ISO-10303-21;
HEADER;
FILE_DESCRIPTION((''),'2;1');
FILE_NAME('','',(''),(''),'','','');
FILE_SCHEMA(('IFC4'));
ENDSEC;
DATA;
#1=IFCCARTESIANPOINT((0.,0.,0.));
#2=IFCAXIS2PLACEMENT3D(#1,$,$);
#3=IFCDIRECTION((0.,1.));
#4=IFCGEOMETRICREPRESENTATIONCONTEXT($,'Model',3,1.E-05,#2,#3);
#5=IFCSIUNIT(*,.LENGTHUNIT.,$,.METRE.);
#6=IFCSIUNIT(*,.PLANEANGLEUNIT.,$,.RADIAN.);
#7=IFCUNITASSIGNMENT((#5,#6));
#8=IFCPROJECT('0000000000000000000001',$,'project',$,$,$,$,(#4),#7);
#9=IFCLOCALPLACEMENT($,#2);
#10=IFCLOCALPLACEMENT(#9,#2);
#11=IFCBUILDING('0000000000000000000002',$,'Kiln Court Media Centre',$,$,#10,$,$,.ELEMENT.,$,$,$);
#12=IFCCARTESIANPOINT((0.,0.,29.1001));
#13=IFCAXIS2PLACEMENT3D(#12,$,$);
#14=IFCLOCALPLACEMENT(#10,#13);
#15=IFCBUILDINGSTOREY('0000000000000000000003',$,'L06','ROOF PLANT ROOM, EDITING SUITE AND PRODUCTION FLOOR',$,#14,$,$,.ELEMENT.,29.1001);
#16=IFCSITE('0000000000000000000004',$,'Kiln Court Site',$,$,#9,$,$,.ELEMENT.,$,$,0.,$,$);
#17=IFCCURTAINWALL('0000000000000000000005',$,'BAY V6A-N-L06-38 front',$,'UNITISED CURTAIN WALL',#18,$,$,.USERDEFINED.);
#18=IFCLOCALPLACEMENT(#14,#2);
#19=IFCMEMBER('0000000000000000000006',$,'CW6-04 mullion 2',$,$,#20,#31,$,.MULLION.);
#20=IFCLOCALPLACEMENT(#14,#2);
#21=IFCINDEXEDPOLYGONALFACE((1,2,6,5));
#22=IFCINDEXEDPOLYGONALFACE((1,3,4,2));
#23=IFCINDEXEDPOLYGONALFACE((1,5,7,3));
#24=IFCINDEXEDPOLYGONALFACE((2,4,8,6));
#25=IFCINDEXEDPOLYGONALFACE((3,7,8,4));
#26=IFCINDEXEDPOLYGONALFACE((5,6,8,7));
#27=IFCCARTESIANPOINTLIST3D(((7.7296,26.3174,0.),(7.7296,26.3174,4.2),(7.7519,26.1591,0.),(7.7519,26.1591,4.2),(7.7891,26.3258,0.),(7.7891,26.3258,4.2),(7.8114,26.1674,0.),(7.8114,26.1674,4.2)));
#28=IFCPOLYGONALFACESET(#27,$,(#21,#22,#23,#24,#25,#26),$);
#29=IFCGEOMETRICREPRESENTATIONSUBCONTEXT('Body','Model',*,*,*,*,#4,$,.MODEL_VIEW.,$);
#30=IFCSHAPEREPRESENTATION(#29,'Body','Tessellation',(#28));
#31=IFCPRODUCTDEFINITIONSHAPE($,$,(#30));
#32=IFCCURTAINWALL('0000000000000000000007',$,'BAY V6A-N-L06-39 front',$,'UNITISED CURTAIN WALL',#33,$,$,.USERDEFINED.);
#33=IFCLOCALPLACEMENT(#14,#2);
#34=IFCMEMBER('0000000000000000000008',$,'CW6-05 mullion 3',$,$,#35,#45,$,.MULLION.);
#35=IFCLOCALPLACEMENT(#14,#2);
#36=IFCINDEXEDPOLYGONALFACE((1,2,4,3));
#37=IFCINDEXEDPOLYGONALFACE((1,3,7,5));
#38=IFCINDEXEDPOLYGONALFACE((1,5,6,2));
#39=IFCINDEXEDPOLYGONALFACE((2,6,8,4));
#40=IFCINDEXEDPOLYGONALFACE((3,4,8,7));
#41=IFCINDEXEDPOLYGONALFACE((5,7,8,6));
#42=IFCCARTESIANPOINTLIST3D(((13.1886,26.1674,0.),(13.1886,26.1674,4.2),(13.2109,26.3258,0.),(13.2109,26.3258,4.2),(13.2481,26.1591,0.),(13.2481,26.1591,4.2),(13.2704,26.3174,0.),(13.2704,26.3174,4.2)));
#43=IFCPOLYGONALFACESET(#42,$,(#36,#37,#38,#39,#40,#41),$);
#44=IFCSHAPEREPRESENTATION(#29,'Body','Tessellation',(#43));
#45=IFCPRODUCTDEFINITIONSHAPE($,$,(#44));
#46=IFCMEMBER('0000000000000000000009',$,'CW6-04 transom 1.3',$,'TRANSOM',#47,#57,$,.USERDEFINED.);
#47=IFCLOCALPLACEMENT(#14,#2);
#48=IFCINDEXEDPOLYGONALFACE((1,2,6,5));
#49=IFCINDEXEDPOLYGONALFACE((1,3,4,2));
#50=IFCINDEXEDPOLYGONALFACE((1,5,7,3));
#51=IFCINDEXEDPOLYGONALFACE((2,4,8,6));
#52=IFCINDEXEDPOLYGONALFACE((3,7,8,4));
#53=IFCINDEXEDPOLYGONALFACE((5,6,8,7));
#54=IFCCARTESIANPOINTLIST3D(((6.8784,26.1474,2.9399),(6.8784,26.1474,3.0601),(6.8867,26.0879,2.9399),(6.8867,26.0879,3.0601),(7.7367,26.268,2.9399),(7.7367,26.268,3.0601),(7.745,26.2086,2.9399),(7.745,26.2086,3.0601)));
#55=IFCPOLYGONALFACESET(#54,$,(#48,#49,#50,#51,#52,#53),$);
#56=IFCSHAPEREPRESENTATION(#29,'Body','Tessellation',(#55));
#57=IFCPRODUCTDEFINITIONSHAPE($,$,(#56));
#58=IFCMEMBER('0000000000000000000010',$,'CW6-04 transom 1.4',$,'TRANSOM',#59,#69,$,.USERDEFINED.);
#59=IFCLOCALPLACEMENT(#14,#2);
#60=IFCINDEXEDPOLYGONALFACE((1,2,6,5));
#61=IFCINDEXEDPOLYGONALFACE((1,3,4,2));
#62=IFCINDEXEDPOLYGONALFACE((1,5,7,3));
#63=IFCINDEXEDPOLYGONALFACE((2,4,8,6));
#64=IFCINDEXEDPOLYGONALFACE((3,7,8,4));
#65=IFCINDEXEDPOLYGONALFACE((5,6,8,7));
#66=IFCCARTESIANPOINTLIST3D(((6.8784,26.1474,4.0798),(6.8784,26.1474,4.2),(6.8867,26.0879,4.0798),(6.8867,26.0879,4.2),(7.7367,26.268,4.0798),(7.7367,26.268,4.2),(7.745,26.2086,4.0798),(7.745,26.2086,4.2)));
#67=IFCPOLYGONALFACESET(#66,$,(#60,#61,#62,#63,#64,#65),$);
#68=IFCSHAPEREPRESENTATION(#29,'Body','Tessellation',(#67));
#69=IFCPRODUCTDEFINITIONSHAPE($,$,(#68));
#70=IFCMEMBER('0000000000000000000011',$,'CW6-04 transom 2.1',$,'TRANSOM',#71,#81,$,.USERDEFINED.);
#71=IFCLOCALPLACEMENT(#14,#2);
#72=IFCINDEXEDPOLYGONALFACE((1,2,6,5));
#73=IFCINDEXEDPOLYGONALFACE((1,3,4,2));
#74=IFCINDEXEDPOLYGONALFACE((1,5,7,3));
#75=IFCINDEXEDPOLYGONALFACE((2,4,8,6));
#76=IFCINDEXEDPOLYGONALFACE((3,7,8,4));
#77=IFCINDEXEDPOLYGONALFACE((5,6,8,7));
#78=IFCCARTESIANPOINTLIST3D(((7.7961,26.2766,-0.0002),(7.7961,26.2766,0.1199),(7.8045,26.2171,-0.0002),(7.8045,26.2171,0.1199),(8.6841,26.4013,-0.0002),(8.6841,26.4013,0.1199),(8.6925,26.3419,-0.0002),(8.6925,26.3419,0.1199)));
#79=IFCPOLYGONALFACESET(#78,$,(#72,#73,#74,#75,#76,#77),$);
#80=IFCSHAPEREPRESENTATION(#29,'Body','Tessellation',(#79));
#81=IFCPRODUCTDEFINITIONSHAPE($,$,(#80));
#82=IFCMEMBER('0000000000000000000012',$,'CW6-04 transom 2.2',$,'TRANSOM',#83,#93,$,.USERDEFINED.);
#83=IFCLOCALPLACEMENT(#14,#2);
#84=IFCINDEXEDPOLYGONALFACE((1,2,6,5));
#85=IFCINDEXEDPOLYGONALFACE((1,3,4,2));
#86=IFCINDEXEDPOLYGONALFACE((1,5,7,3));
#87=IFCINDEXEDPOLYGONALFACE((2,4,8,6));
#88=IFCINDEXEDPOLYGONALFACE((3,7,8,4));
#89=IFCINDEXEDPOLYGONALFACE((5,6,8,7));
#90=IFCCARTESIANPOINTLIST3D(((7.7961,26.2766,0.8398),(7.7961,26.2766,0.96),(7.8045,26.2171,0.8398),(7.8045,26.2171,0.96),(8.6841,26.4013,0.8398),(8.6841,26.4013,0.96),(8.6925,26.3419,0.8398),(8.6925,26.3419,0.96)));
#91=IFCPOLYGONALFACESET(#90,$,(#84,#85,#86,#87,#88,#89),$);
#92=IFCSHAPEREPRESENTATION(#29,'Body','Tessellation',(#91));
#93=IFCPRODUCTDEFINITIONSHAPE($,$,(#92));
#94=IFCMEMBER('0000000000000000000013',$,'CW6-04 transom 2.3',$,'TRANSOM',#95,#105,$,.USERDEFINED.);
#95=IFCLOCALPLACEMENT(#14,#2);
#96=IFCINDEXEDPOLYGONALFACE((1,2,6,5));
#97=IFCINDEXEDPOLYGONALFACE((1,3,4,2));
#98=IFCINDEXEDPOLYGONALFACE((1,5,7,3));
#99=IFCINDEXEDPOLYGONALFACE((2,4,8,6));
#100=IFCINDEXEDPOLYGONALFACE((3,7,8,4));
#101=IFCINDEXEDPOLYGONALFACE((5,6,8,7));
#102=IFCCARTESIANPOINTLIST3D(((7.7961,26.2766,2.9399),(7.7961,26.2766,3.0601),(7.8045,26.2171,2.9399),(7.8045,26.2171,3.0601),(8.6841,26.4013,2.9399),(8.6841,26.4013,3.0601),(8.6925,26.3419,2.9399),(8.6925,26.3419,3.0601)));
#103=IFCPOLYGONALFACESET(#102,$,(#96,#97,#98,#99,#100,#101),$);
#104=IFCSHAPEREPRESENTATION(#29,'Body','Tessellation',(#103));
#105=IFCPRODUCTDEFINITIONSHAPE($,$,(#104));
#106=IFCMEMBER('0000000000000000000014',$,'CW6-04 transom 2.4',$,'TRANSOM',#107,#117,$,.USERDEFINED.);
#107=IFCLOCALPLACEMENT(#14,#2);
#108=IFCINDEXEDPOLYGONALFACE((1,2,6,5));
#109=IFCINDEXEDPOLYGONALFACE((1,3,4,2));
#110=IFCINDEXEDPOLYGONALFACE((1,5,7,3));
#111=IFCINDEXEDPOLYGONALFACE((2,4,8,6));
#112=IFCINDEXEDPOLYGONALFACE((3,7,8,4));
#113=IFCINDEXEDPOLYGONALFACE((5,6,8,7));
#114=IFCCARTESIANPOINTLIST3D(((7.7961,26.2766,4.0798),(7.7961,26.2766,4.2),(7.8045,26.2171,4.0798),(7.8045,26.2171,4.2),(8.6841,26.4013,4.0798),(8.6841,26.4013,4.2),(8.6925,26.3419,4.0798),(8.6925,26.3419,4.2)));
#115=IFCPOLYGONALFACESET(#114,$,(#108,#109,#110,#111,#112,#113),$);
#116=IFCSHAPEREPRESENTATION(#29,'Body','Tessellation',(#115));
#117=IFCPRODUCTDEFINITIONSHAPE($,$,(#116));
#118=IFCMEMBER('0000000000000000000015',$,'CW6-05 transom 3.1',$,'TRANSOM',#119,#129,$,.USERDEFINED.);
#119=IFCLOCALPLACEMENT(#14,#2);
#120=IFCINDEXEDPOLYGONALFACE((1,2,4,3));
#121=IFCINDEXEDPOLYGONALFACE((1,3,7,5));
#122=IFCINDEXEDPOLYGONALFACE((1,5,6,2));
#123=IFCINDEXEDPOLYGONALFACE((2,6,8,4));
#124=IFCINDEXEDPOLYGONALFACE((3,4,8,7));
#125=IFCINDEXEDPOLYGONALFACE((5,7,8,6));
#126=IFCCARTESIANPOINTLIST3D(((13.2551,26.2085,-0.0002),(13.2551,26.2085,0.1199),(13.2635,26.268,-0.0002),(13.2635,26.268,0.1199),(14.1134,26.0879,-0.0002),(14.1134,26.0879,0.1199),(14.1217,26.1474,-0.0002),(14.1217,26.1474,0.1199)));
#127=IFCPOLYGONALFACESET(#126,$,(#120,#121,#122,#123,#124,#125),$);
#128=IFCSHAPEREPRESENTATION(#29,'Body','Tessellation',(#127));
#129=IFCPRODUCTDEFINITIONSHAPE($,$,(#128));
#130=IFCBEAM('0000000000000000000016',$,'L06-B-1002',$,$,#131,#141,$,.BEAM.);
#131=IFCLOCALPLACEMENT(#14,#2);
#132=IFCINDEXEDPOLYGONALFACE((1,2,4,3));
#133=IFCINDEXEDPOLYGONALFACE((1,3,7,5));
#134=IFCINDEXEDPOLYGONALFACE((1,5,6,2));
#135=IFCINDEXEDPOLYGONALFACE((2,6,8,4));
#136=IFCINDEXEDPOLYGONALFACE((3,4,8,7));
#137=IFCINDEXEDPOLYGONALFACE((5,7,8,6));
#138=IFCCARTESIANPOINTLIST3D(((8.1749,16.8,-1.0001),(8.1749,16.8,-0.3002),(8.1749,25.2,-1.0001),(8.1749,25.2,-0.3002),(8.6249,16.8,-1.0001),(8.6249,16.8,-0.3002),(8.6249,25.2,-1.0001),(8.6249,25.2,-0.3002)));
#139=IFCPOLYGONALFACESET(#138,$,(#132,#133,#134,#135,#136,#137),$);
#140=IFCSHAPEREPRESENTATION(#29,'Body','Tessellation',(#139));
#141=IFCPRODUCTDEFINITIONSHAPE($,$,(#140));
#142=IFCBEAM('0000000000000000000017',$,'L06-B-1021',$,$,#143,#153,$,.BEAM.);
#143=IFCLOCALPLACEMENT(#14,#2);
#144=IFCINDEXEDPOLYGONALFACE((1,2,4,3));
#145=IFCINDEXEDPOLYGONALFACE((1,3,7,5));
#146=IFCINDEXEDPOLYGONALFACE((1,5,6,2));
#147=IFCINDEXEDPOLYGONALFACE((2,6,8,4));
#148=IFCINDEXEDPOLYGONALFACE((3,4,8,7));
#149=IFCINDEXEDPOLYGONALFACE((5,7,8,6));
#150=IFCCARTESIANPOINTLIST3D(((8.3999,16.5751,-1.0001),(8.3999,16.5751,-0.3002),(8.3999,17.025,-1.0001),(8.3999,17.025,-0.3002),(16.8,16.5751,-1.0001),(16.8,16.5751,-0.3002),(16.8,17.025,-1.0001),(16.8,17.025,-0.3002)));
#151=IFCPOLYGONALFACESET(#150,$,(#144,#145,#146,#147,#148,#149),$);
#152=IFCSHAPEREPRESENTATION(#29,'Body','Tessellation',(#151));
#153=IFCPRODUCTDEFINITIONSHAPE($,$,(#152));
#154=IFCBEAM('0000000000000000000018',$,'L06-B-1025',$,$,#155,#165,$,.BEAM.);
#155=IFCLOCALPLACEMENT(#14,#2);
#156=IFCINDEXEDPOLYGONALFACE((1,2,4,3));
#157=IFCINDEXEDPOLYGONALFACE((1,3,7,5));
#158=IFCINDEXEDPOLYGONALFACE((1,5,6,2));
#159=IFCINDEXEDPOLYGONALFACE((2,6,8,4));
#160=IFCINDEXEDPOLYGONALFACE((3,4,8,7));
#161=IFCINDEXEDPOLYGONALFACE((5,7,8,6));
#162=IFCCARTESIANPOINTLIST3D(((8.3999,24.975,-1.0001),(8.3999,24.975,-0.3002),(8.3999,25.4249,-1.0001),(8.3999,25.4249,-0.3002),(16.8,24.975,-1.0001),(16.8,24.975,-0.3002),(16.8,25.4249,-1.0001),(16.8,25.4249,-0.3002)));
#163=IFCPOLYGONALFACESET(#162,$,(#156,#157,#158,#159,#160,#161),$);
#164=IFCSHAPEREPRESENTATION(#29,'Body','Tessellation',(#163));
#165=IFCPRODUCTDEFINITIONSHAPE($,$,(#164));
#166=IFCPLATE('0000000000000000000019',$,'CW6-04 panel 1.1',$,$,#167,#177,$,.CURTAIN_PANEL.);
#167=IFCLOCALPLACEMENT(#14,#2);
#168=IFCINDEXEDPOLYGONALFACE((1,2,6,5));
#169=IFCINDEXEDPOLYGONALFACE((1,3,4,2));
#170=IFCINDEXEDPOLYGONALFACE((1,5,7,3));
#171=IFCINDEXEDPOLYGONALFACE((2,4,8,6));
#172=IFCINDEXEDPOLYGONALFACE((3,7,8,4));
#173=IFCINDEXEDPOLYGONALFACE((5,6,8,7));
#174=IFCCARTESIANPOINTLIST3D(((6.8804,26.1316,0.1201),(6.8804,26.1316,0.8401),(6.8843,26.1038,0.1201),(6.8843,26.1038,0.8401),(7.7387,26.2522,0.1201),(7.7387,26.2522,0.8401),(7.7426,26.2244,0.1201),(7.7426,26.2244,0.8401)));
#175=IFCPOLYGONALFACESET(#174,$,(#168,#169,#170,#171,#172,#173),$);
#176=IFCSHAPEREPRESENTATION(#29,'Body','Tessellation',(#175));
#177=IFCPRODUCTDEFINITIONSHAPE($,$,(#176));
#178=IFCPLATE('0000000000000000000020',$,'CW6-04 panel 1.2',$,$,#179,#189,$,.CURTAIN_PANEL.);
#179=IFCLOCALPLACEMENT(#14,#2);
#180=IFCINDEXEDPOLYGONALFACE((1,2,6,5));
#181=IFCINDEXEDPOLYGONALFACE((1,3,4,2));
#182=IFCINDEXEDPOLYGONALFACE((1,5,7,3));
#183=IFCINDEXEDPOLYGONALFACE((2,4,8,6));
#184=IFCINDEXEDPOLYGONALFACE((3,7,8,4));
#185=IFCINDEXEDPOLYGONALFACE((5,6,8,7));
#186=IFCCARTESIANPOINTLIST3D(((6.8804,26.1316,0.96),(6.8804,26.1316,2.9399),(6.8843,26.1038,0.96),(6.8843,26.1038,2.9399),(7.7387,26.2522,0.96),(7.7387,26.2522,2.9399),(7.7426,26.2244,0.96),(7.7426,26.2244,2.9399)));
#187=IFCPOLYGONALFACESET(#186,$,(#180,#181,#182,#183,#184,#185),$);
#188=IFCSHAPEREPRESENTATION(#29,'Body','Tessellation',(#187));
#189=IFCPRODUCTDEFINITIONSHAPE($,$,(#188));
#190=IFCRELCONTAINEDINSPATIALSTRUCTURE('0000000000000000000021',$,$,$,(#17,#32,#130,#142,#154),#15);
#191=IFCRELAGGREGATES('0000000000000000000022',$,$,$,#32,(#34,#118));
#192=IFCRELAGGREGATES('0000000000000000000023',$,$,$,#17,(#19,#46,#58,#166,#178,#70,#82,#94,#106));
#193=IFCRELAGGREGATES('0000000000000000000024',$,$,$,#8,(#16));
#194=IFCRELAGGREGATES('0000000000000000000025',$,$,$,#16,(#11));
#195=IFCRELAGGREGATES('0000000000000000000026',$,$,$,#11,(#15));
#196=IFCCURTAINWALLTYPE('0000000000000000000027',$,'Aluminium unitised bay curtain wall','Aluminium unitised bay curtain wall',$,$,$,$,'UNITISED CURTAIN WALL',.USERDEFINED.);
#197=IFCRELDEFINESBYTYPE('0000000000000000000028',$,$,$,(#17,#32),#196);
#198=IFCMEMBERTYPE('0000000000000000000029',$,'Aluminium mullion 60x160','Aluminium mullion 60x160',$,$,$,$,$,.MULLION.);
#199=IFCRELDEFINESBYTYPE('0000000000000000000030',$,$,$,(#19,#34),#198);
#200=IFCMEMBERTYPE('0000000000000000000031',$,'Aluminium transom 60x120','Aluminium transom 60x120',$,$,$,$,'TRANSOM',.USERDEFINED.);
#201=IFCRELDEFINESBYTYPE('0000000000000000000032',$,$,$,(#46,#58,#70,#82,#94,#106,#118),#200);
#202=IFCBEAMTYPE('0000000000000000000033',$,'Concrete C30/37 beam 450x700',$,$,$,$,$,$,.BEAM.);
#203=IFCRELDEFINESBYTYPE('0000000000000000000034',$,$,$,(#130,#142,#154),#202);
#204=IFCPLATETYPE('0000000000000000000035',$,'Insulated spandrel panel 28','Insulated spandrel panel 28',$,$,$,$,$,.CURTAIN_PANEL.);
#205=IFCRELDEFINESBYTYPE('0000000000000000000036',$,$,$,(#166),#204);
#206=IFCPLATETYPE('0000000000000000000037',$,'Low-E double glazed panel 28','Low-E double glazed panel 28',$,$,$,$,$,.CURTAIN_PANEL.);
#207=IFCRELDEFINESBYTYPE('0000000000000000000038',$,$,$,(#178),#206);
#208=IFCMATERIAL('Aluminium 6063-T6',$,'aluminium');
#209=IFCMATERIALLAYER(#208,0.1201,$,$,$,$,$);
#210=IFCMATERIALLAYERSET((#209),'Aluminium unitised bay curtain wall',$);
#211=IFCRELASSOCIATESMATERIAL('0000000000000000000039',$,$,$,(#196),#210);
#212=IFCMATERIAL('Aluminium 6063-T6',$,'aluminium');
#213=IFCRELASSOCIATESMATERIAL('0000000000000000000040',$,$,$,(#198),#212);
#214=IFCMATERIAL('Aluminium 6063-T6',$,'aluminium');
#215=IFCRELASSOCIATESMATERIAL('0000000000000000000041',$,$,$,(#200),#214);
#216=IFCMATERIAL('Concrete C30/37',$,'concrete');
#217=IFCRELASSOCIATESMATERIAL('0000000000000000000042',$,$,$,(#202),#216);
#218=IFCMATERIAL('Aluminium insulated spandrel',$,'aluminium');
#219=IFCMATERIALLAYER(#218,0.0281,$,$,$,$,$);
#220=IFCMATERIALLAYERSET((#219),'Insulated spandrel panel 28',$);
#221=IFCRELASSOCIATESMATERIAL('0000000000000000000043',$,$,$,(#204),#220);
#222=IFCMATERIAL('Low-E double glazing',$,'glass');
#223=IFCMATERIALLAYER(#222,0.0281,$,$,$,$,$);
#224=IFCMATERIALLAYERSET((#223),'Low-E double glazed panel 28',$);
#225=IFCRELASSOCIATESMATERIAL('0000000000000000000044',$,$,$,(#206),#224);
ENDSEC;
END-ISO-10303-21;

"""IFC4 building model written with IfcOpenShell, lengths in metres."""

from ifc_helpers import new_model, si_unit, direction, frame, origin, origin_2d, place, context, subcontext, project, spatial, rectangle, extrude, material, layer, layer_set, material_profile, profile_set, type_object, element, aggregate, save


model = new_model("IFC4")

# Units and contexts
model_context = context("Model", 3, precision=1e-05, world=origin(), true_north=direction((0.0, 1.0)))
body_context = subcontext(model_context, "Body", "Model", "MODEL_VIEW")
ifc_project = project(units=[si_unit("LENGTHUNIT", "METRE"), si_unit("PLANEANGLEUNIT", "RADIAN")], contexts=[model_context])

# Site, building, storey
site_placement = place(None, origin())
site = spatial("IfcSite", under=ifc_project, at=site_placement, Name="Kiln Court Site", CompositionType="ELEMENT", RefElevation=0.0)
building_placement = place(site_placement, origin())
building = spatial("IfcBuilding", under=site, at=building_placement, Name="Kiln Court Media Centre", CompositionType="ELEMENT")
storey_placement = place(building_placement, frame((0.0, 0.0, 29.1001)))
storey = spatial("IfcBuildingStorey", under=building, at=storey_placement, Name="L06", Description="ROOF PLANT ROOM, EDITING SUITE AND PRODUCTION FLOOR", CompositionType="ELEMENT", Elevation=29.1001)

# Curtain walls, members
ifc_material_1 = material(Name="Aluminium 6063-T6", Category="aluminium")
ifc_layer_1 = layer(ifc_material_1, 0.1201)
ifc_layer_set_1 = layer_set([ifc_layer_1], Name="Aluminium unitised bay curtain wall")
curtain_wall_type = type_object("IfcCurtainWallType", Name="Aluminium unitised bay curtain wall", Description="Aluminium unitised bay curtain wall", ElementType="UNITISED CURTAIN WALL", PredefinedType="USERDEFINED", material=ifc_layer_set_1)
curtain_wall_1_placement = place(storey_placement, origin())
curtain_wall_1 = element("IfcCurtainWall", 1, at=curtain_wall_1_placement, inside=storey, type_object=curtain_wall_type, Name="BAY V6A-N-L06-38 front", ObjectType="UNITISED CURTAIN WALL", PredefinedType="USERDEFINED")
ifc_material_2 = material(Name="Aluminium 6063-T6", Category="aluminium")
ifc_material_profile_1 = material_profile(ifc_material_2, rectangle(XDim=0.0601, YDim=0.1599, at=origin_2d()), Name="Aluminium mullion 60x160")
ifc_profile_set_1 = profile_set([ifc_material_profile_1], Name="Aluminium 6063-T6")
member_type_1 = type_object("IfcMemberType", Name="Aluminium mullion 60x160", Description="Aluminium mullion 60x160", PredefinedType="MULLION", material=ifc_profile_set_1)
member_1_placement = place(storey_placement, frame((7.7705, 26.2424, 0.0), z_axis=(0.0, 0.0, 1.0), x_axis=(0.99027, 0.139162, 0.0)))
member_1 = element("IfcMember", 2, at=member_1_placement, type_object=member_type_1, Name="CW6-04 mullion 2", PredefinedType="MULLION", context=body_context, shape_type="SweptSolid", body=[
    extrude(rectangle(XDim=0.0601, YDim=0.1599, at=origin_2d()), origin(), (0.0, 0.0, 1.0), 4.2),
])
curtain_wall_2_placement = place(storey_placement, origin())
curtain_wall_2 = element("IfcCurtainWall", 3, at=curtain_wall_2_placement, inside=storey, type_object=curtain_wall_type, Name="BAY V6A-N-L06-39 front", ObjectType="UNITISED CURTAIN WALL", PredefinedType="USERDEFINED")
member_2_placement = place(storey_placement, frame((13.2295, 26.2424, 0.0), z_axis=(0.0, 0.0, 1.0), x_axis=(0.99027, -0.139162, 0.0)))
member_2 = element("IfcMember", 4, at=member_2_placement, type_object=member_type_1, Name="CW6-05 mullion 3", PredefinedType="MULLION", context=body_context, shape_type="SweptSolid", body=[
    extrude(rectangle(XDim=0.0601, YDim=0.1599, at=origin_2d()), origin(), (0.0, 0.0, 1.0), 4.2),
])

# Members
ifc_material_3 = material(Name="Aluminium 6063-T6", Category="aluminium")
ifc_material_profile_2 = material_profile(ifc_material_3, rectangle(XDim=0.0601, YDim=0.1201, at=origin_2d()), Name="Aluminium transom 60x120")
ifc_profile_set_2 = profile_set([ifc_material_profile_2], Name="Aluminium 6063-T6")
member_type_2 = type_object("IfcMemberType", Name="Aluminium transom 60x120", Description="Aluminium transom 60x120", ElementType="TRANSOM", PredefinedType="USERDEFINED", material=ifc_profile_set_2)
member_3_placement = place(storey_placement, frame((6.8826, 26.1177, 3.0), z_axis=(0.990268, 0.139173, 0.0), x_axis=(-0.139173, 0.990268, 0.0)))
member_3 = element("IfcMember", 5, at=member_3_placement, type_object=member_type_2, Name="CW6-04 transom 1.3", ObjectType="TRANSOM", PredefinedType="USERDEFINED", context=body_context, shape_type="SweptSolid", body=[
    extrude(rectangle(XDim=0.0601, YDim=0.1201, at=origin_2d()), origin(), (0.0, 0.0, 1.0), 0.8667),
])
member_4_placement = place(storey_placement, frame((6.8826, 26.1177, 4.1399), z_axis=(0.990268, 0.139173, 0.0), x_axis=(-0.139173, 0.990268, 0.0)))
member_4 = element("IfcMember", 6, at=member_4_placement, type_object=member_type_2, Name="CW6-04 transom 1.4", ObjectType="TRANSOM", PredefinedType="USERDEFINED", context=body_context, shape_type="SweptSolid", body=[
    extrude(rectangle(XDim=0.0601, YDim=0.1201, at=origin_2d()), origin(), (0.0, 0.0, 1.0), 0.8667),
])
member_5_placement = place(storey_placement, frame((7.8003, 26.2468, 0.0598), z_axis=(0.990274, 0.139134, 0.0), x_axis=(-0.139134, 0.990274, 0.0)))
member_5 = element("IfcMember", 7, at=member_5_placement, type_object=member_type_2, Name="CW6-04 transom 2.1", ObjectType="TRANSOM", PredefinedType="USERDEFINED", context=body_context, shape_type="SweptSolid", body=[
    extrude(rectangle(XDim=0.0601, YDim=0.1201, at=origin_2d()), origin(), (0.0, 0.0, 1.0), 0.8967),
])
member_6_placement = place(storey_placement, frame((7.8003, 26.2468, 0.8999), z_axis=(0.990274, 0.139134, 0.0), x_axis=(-0.139134, 0.990274, 0.0)))
member_6 = element("IfcMember", 8, at=member_6_placement, type_object=member_type_2, Name="CW6-04 transom 2.2", ObjectType="TRANSOM", PredefinedType="USERDEFINED", context=body_context, shape_type="SweptSolid", body=[
    extrude(rectangle(XDim=0.0601, YDim=0.1201, at=origin_2d()), origin(), (0.0, 0.0, 1.0), 0.8967),
])
member_7_placement = place(storey_placement, frame((7.8003, 26.2468, 3.0), z_axis=(0.990274, 0.139134, 0.0), x_axis=(-0.139134, 0.990274, 0.0)))
member_7 = element("IfcMember", 9, at=member_7_placement, type_object=member_type_2, Name="CW6-04 transom 2.3", ObjectType="TRANSOM", PredefinedType="USERDEFINED", context=body_context, shape_type="SweptSolid", body=[
    extrude(rectangle(XDim=0.0601, YDim=0.1201, at=origin_2d()), origin(), (0.0, 0.0, 1.0), 0.8967),
])
member_8_placement = place(storey_placement, frame((7.8003, 26.2468, 4.1399), z_axis=(0.990274, 0.139134, 0.0), x_axis=(-0.139134, 0.990274, 0.0)))
member_8 = element("IfcMember", 10, at=member_8_placement, type_object=member_type_2, Name="CW6-04 transom 2.4", ObjectType="TRANSOM", PredefinedType="USERDEFINED", context=body_context, shape_type="SweptSolid", body=[
    extrude(rectangle(XDim=0.0601, YDim=0.1201, at=origin_2d()), origin(), (0.0, 0.0, 1.0), 0.8967),
])
member_9_placement = place(storey_placement, frame((13.2593, 26.2383, 0.0598), z_axis=(0.990268, -0.139173, 0.0), x_axis=(0.139173, 0.990268, 0.0)))
member_9 = element("IfcMember", 11, at=member_9_placement, type_object=member_type_2, Name="CW6-05 transom 3.1", ObjectType="TRANSOM", PredefinedType="USERDEFINED", context=body_context, shape_type="SweptSolid", body=[
    extrude(rectangle(XDim=0.0601, YDim=0.1201, at=origin_2d()), origin(), (0.0, 0.0, 1.0), 0.8667),
])
aggregate(curtain_wall_2, [member_2, member_9])

# Beams
ifc_material_4 = material(Name="Concrete C30/37", Category="concrete")
ifc_material_profile_3 = material_profile(ifc_material_4, rectangle(XDim=0.45, YDim=0.7, at=origin_2d()), Name="RC 450x700")
ifc_profile_set_3 = profile_set([ifc_material_profile_3], Name="Concrete C30/37")
beam_type = type_object("IfcBeamType", Name="Concrete C30/37 beam 450x700", PredefinedType="BEAM", material=ifc_profile_set_3)
beam_placement = place(storey_placement, frame((8.3999, 16.8, -0.6501), z_axis=(0.0, 1.0, 0.0), x_axis=(-1.0, 0.0, 0.0)))
element("IfcBeam", 12, at=beam_placement, inside=storey, type_object=beam_type, Name="L06-B-1002", PredefinedType="BEAM", context=body_context, shape_type="SweptSolid", body=[
    extrude(rectangle(XDim=0.45, YDim=0.7, at=origin_2d()), origin(), (0.0, 0.0, 1.0), 8.3999),
])
for number, where, z_axis, x_axis, name in (
    (13, (8.3999, 16.8, -0.6501), (1.0, 0.0, 0.0), (0.0, 1.0, 0.0), "L06-B-1021"),
    (14, (8.3999, 25.2, -0.6501), (1.0, 0.0, 0.0), (0.0, 1.0, 0.0), "L06-B-1025"),
):
    element("IfcBeam", number, at=place(storey_placement, frame(where, z_axis=z_axis, x_axis=x_axis)), inside=storey, type_object=beam_type, Name=name, PredefinedType="BEAM", context=body_context, shape_type="SweptSolid", body=[
        extrude(rectangle(XDim=0.45, YDim=0.7, at=origin_2d()), origin(), (0.0, 0.0, 1.0), 8.4001),
    ])

# Plates
ifc_material_5 = material(Name="Aluminium insulated spandrel", Category="aluminium")
ifc_layer_2 = layer(ifc_material_5, 0.0281)
ifc_layer_set_2 = layer_set([ifc_layer_2], Name="Insulated spandrel panel 28")
plate_type_1 = type_object("IfcPlateType", Name="Insulated spandrel panel 28", Description="Insulated spandrel panel 28", PredefinedType="CURTAIN_PANEL", material=ifc_layer_set_2)
plate_1_placement = place(storey_placement, frame((7.3115, 26.178, 0.1201), z_axis=(0.0, 0.0, 1.0), x_axis=(0.99027, 0.139162, 0.0)))
plate_1 = element("IfcPlate", 15, at=plate_1_placement, type_object=plate_type_1, Name="CW6-04 panel 1.1", PredefinedType="CURTAIN_PANEL", context=body_context, shape_type="SweptSolid", body=[
    extrude(rectangle(XDim=0.8667, YDim=0.0281, at=origin_2d()), origin(), (0.0, 0.0, 1.0), 0.72),
])
ifc_material_6 = material(Name="Low-E double glazing", Category="glass")
ifc_layer_3 = layer(ifc_material_6, 0.0281)
ifc_layer_set_3 = layer_set([ifc_layer_3], Name="Low-E double glazed panel 28")
plate_type_2 = type_object("IfcPlateType", Name="Low-E double glazed panel 28", Description="Low-E double glazed panel 28", PredefinedType="CURTAIN_PANEL", material=ifc_layer_set_3)
plate_2_placement = place(storey_placement, frame((7.3115, 26.178, 0.96), z_axis=(0.0, 0.0, 1.0), x_axis=(0.99027, 0.139162, 0.0)))
plate_2 = element("IfcPlate", 16, at=plate_2_placement, type_object=plate_type_2, Name="CW6-04 panel 1.2", PredefinedType="CURTAIN_PANEL", context=body_context, shape_type="SweptSolid", body=[
    extrude(rectangle(XDim=0.8667, YDim=0.0281, at=origin_2d()), origin(), (0.0, 0.0, 1.0), 1.98),
])
aggregate(curtain_wall_1, [member_1, member_3, member_4, plate_1, plate_2, member_5, member_6, member_7, member_8])

save(model, "model.ifc")
